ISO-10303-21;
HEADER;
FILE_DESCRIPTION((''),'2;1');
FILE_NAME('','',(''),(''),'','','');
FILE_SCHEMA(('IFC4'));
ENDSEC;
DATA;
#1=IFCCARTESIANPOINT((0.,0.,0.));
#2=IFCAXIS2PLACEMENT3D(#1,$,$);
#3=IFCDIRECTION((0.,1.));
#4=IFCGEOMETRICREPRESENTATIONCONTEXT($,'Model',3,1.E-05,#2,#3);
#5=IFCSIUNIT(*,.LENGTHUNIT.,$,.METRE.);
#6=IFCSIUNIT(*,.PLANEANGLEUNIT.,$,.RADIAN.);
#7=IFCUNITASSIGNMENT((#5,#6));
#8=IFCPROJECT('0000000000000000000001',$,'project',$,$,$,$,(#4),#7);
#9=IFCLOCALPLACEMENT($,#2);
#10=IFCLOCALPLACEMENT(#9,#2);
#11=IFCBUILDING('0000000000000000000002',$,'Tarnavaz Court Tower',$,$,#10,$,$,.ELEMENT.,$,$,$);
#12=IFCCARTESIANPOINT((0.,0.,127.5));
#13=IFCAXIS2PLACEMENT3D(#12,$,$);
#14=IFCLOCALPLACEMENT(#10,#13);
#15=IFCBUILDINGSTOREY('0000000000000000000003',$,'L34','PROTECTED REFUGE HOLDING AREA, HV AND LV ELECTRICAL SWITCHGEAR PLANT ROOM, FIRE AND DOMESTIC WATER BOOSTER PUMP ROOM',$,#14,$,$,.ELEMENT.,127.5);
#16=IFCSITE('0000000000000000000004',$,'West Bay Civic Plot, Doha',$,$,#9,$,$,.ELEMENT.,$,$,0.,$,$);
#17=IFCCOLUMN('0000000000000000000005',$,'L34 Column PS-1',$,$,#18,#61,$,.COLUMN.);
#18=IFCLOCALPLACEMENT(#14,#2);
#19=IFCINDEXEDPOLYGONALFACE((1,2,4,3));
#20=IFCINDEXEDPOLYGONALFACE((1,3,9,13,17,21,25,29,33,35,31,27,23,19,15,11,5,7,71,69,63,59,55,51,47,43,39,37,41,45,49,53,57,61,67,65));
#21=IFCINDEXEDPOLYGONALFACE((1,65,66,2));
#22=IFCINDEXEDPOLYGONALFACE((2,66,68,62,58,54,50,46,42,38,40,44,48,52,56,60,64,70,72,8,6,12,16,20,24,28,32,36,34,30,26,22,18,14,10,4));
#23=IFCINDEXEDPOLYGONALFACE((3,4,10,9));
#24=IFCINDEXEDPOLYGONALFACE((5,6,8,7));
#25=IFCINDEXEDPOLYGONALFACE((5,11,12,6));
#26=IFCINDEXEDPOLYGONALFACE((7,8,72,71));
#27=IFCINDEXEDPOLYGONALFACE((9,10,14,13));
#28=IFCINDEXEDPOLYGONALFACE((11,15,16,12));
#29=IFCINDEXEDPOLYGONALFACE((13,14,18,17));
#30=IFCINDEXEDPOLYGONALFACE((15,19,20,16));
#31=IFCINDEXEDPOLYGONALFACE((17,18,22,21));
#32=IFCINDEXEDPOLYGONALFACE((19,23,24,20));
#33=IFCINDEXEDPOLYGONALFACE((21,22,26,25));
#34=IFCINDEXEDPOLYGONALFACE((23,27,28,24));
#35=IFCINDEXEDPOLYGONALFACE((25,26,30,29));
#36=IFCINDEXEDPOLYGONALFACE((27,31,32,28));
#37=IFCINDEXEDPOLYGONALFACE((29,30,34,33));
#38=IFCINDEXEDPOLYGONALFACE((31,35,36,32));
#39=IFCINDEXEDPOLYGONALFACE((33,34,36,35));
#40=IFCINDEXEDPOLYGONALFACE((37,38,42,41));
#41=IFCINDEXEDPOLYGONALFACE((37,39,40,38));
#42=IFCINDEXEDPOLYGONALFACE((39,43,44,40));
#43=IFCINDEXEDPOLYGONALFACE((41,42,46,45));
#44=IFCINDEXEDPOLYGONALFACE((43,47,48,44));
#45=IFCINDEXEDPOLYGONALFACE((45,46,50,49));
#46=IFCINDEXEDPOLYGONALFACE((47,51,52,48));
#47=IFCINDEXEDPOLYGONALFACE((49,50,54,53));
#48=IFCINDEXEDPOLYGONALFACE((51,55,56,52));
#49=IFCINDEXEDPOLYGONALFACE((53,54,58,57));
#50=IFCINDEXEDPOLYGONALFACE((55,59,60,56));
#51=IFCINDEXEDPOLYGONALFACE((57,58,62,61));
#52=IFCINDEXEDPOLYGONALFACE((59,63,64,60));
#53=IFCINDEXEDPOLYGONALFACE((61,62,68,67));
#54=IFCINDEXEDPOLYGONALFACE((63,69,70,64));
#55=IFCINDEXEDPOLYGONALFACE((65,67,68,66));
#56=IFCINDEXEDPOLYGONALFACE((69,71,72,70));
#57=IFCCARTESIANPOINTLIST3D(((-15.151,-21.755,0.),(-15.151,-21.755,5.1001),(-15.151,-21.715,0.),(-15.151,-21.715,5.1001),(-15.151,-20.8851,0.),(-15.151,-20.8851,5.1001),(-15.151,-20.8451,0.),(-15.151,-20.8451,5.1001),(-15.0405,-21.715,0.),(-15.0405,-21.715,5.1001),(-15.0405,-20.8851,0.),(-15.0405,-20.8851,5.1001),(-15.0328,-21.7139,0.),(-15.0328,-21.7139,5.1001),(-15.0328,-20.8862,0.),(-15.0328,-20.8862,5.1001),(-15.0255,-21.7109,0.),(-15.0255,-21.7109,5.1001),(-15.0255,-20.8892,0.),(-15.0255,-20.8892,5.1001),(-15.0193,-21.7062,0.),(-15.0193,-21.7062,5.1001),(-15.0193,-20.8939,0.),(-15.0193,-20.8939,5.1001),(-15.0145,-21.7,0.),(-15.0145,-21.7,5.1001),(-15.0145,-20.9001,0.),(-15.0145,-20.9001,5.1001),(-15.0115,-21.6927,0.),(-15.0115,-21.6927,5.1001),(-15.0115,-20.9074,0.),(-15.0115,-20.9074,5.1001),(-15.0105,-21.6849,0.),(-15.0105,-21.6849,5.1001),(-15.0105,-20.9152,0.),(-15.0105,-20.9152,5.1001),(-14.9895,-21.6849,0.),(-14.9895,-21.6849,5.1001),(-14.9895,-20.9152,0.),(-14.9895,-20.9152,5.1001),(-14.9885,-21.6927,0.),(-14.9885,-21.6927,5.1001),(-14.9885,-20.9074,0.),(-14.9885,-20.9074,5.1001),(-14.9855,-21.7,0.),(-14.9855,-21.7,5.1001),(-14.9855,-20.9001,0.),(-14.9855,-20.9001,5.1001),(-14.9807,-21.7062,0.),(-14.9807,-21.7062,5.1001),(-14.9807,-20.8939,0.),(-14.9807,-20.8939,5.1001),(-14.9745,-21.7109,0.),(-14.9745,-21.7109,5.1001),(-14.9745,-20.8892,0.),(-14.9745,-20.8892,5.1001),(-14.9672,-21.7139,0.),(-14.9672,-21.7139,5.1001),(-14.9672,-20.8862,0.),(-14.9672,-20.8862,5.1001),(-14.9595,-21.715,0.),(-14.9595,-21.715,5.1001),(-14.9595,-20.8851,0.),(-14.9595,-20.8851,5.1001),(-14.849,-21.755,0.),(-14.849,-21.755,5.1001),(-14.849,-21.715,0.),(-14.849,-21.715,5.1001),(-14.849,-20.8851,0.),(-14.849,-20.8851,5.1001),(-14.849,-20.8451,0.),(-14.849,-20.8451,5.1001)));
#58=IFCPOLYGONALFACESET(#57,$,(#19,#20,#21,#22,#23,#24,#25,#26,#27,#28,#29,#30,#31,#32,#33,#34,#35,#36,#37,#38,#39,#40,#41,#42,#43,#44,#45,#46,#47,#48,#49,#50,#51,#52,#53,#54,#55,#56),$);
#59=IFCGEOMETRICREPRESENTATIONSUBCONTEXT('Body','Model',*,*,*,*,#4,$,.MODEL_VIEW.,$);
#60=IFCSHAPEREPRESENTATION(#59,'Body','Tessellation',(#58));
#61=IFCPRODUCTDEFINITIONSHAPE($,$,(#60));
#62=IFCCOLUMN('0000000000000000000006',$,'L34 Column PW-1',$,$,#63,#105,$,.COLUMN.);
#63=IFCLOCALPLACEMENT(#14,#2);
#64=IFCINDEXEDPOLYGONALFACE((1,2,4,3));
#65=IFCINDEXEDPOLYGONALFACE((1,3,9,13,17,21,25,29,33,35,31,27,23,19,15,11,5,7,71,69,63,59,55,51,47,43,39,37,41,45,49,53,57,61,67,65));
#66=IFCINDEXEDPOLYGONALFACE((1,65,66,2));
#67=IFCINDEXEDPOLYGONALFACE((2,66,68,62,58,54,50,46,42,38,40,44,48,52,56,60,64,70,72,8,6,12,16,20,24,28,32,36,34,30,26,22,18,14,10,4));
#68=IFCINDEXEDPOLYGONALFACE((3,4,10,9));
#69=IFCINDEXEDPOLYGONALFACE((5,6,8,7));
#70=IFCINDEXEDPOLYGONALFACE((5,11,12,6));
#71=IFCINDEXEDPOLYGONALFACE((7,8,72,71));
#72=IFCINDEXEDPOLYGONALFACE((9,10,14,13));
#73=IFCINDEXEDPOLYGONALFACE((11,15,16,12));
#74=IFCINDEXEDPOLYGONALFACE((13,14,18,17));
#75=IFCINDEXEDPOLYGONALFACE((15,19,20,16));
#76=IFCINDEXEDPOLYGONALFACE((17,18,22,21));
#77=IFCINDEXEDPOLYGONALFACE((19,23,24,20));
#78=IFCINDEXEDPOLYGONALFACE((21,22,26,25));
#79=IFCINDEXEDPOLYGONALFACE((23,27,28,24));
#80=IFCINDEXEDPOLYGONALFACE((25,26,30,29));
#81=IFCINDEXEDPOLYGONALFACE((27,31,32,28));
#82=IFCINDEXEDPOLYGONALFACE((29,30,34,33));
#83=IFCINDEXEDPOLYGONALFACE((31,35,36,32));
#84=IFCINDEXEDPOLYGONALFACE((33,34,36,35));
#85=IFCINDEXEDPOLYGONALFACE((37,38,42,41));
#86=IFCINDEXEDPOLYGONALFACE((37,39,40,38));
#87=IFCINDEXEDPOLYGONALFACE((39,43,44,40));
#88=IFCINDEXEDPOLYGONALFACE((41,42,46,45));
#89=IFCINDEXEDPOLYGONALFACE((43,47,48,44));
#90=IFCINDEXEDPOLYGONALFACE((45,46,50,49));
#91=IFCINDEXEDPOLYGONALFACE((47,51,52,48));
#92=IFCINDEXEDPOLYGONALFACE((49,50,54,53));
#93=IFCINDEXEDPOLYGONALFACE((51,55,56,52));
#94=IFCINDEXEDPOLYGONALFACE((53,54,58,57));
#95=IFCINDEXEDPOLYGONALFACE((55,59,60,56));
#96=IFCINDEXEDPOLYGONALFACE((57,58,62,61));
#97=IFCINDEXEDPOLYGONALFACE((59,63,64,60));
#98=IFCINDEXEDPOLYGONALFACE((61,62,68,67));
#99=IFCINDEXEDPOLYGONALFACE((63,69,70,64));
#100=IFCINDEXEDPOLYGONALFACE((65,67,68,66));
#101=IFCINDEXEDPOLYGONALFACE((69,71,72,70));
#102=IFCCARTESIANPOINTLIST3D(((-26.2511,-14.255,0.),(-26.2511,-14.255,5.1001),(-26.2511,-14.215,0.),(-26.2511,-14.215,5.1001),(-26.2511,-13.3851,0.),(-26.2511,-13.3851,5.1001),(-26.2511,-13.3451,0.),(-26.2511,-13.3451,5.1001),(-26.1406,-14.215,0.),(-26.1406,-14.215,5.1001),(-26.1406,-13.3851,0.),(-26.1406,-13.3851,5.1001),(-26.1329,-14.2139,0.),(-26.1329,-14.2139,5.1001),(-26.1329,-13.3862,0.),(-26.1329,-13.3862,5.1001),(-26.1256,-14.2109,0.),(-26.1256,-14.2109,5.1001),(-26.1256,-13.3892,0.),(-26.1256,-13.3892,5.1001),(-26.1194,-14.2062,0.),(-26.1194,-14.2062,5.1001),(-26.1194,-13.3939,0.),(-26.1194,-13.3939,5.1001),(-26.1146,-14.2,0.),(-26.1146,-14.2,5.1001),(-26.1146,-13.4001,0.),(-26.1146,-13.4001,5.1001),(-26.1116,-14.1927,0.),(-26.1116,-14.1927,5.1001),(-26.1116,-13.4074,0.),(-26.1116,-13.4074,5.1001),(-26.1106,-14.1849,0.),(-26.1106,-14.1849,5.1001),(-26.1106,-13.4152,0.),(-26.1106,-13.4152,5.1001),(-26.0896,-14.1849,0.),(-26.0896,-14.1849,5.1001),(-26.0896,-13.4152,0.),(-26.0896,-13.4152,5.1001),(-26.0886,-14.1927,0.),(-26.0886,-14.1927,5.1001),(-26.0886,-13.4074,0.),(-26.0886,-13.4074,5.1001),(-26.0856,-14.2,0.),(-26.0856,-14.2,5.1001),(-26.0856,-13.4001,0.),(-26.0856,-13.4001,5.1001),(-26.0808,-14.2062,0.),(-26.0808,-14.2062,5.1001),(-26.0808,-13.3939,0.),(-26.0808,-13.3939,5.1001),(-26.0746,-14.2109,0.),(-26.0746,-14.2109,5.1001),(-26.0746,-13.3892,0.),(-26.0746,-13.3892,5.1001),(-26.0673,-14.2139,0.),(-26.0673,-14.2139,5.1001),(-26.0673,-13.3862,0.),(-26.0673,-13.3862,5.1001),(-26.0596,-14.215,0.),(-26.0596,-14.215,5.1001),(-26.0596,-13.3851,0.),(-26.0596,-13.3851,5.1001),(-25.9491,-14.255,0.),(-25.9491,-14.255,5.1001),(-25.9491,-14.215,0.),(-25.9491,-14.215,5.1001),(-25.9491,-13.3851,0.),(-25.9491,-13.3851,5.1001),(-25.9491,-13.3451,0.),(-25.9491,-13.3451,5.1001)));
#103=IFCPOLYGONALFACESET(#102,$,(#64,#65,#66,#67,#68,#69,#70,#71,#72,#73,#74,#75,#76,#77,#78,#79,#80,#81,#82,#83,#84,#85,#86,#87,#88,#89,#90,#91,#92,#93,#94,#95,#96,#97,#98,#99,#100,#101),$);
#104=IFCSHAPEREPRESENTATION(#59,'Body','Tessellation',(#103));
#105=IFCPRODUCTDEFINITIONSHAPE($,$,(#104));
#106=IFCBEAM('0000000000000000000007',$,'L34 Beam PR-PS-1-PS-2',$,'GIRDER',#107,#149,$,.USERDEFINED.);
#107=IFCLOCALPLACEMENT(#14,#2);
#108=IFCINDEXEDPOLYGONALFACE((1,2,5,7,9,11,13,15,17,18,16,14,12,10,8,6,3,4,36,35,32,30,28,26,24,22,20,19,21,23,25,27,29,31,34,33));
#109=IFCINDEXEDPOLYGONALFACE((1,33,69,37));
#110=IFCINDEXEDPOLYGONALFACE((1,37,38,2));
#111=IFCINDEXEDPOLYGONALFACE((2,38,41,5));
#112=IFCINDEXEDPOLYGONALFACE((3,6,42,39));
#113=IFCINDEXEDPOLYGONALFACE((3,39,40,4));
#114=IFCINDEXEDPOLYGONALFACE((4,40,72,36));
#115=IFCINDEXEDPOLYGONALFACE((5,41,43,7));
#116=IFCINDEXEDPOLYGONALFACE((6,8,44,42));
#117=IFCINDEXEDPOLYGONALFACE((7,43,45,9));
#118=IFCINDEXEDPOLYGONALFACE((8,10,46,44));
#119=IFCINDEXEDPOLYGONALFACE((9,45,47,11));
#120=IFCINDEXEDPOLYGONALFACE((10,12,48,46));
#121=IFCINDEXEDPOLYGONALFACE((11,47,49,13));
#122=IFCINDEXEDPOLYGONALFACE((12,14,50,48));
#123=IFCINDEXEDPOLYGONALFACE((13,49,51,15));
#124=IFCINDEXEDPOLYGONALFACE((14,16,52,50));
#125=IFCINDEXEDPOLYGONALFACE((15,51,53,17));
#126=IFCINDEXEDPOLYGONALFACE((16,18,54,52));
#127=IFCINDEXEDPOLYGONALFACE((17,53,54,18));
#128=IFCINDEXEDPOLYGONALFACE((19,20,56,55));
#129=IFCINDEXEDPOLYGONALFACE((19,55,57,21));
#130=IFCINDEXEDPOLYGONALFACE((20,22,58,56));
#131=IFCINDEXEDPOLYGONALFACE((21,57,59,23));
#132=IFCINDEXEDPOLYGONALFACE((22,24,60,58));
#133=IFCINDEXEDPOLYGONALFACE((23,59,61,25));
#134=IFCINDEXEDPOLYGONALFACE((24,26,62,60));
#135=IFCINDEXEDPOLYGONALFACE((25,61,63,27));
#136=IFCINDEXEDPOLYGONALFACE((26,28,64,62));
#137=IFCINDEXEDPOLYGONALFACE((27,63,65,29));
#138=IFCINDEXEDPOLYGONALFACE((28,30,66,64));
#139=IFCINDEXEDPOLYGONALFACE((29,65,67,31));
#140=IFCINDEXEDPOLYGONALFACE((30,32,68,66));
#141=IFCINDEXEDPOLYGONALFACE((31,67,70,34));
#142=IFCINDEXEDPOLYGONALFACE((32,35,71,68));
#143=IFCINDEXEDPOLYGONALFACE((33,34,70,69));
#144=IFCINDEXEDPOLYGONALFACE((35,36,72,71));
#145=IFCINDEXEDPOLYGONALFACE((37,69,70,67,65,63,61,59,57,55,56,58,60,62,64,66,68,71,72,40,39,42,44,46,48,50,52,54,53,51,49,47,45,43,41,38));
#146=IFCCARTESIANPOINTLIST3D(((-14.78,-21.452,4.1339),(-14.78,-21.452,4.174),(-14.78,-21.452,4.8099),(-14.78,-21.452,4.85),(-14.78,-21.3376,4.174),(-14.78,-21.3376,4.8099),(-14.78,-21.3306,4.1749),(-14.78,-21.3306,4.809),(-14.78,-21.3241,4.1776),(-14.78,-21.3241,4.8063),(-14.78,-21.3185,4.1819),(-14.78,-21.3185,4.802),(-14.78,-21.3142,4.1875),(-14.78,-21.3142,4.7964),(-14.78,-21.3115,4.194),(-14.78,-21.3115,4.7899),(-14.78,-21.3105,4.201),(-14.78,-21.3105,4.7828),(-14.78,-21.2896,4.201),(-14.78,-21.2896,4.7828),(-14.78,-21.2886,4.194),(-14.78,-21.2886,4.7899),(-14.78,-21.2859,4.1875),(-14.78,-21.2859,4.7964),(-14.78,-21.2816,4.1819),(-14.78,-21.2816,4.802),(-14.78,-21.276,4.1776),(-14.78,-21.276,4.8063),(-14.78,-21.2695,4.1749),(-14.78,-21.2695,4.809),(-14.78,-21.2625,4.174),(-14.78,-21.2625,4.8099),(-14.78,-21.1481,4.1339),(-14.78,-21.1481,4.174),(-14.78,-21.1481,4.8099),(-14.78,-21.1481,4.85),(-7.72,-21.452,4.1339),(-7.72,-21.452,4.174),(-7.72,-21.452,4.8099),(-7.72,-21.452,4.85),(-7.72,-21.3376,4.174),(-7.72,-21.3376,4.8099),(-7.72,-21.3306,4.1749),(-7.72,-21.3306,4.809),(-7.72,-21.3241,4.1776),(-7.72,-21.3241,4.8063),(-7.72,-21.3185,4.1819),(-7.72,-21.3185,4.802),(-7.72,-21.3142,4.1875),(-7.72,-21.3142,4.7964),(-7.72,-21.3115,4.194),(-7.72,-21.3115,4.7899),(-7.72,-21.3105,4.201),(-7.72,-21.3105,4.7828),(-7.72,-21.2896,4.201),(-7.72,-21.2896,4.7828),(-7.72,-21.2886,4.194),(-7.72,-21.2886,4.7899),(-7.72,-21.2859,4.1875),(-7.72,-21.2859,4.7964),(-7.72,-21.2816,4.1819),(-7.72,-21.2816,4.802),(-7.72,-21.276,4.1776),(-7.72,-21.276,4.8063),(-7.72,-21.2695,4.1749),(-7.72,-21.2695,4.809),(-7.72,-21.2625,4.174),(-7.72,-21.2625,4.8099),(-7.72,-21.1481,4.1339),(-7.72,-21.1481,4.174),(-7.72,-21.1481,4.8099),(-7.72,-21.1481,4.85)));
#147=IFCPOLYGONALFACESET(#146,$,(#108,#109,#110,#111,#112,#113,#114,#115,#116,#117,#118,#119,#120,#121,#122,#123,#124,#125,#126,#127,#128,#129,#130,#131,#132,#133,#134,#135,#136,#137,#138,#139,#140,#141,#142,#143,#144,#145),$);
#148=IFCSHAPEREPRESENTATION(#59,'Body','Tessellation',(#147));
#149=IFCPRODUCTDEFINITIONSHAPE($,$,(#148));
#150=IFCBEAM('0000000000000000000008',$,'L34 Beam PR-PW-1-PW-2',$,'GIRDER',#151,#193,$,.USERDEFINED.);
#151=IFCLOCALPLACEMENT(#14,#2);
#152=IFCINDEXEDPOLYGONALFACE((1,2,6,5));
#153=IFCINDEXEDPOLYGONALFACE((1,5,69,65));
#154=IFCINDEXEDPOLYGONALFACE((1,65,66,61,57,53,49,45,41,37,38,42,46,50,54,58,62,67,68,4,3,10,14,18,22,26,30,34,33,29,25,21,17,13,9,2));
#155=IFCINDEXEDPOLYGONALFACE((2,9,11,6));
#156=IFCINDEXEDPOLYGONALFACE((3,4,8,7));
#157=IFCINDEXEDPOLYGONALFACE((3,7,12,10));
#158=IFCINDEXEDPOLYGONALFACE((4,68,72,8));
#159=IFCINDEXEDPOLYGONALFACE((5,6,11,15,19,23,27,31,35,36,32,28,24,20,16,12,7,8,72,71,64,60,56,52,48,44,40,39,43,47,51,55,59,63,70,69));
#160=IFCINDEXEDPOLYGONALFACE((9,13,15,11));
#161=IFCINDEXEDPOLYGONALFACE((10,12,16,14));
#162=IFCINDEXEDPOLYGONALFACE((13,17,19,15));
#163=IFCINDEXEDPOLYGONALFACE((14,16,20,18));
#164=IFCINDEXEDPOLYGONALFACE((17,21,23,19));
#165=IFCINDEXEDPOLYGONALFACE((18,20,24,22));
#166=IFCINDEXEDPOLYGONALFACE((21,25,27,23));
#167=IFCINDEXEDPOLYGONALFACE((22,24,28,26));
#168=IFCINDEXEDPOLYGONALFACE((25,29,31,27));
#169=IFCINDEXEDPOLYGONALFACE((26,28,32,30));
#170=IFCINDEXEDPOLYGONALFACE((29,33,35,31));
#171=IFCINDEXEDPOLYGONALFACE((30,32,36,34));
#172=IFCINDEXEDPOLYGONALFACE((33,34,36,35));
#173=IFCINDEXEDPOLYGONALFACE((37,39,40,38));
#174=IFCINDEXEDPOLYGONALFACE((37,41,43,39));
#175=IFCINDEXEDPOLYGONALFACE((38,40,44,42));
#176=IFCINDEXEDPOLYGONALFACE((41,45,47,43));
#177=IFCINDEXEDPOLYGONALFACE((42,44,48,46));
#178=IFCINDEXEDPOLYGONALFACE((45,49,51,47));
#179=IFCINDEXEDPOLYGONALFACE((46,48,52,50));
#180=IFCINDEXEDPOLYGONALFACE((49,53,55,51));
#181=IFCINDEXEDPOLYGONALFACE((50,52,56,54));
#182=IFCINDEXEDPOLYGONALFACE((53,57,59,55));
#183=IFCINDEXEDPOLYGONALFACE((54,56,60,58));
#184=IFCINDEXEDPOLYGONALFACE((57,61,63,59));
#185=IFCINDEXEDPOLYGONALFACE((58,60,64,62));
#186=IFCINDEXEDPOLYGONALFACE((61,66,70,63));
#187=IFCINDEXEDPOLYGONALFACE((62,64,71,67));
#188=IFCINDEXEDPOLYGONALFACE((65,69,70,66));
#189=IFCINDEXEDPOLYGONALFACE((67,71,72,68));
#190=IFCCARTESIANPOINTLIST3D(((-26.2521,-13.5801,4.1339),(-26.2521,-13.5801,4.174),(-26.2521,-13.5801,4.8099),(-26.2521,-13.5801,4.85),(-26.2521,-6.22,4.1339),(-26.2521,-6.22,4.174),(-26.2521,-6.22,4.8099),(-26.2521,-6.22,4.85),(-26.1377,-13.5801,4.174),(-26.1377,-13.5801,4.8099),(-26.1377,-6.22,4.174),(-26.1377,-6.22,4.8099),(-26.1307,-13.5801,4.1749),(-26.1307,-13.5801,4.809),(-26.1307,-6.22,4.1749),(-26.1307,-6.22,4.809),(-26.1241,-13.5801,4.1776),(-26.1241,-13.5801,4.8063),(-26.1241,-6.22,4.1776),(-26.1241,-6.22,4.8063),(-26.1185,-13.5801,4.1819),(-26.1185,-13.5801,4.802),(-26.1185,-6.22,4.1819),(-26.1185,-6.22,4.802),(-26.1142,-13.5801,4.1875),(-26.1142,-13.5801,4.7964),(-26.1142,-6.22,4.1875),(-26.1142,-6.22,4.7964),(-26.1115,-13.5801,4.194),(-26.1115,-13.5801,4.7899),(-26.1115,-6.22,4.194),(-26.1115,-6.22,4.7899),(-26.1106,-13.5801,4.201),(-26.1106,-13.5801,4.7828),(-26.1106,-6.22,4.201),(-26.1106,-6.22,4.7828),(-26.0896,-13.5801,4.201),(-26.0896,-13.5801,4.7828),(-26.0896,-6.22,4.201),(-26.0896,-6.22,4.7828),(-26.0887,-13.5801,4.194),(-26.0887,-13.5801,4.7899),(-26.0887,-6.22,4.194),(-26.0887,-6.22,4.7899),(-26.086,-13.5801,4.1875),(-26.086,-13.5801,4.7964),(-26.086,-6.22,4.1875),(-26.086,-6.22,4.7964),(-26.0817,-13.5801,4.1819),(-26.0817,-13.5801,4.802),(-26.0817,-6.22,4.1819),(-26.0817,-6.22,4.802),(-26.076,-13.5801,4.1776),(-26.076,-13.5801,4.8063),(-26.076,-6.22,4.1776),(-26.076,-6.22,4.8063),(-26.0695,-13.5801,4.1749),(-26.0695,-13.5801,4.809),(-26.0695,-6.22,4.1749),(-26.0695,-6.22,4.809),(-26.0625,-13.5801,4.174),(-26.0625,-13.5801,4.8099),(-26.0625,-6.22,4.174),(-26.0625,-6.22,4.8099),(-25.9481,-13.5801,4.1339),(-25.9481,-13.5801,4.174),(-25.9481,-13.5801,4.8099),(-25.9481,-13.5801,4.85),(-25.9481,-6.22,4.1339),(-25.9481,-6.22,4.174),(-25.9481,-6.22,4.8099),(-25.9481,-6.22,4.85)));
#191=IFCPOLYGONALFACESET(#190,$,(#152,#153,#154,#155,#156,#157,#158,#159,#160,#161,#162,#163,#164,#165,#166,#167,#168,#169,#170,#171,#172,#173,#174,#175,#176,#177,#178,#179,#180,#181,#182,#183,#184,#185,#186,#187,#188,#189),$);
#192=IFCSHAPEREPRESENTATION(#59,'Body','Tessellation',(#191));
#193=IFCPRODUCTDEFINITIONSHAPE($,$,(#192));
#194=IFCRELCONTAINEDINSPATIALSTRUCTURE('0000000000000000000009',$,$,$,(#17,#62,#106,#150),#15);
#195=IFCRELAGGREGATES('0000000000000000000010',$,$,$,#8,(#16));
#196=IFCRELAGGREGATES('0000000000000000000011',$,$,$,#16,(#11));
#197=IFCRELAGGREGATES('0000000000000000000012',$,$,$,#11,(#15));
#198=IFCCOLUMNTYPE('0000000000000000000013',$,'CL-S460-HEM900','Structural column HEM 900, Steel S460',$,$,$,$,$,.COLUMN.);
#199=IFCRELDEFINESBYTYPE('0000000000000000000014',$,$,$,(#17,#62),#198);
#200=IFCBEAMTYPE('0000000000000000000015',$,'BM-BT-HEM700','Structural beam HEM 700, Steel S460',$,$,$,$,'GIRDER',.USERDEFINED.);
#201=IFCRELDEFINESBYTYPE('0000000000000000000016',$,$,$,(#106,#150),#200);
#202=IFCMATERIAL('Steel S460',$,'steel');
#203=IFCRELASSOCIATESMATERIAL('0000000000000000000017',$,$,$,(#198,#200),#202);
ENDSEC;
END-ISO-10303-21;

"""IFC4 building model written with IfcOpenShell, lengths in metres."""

from ifc_helpers import new_model, si_unit, direction, frame, origin, origin_2d, place, context, subcontext, project, spatial, i_section, extrude, material, material_profile, profile_set, type_object, element, save


model = new_model("IFC4")

# Units and contexts
model_context = context("Model", 3, precision=1e-05, world=origin(), true_north=direction((0.0, 1.0)))
body_context = subcontext(model_context, "Body", "Model", "MODEL_VIEW")
ifc_project = project(units=[si_unit("LENGTHUNIT", "METRE"), si_unit("PLANEANGLEUNIT", "RADIAN")], contexts=[model_context])

# Site, building, storey
site_placement = place(None, origin())
site = spatial("IfcSite", under=ifc_project, at=site_placement, Name="West Bay Civic Plot, Doha", CompositionType="ELEMENT", RefElevation=0.0)
building_placement = place(site_placement, origin())
building = spatial("IfcBuilding", under=site, at=building_placement, Name="Tarnavaz Court Tower", CompositionType="ELEMENT")
storey_placement = place(building_placement, frame((0.0, 0.0, 127.5)))
storey = spatial("IfcBuildingStorey", under=building, at=storey_placement, Name="L34", Description="PROTECTED REFUGE HOLDING AREA, HV AND LV ELECTRICAL SWITCHGEAR PLANT ROOM, FIRE AND DOMESTIC WATER BOOSTER PUMP ROOM", CompositionType="ELEMENT", Elevation=127.5)

# Columns
ifc_material_1 = material(Name="Steel S460", Category="steel")
ifc_material_profile_1 = material_profile(ifc_material_1, i_section(OverallWidth=0.302, OverallDepth=0.9099, WebThickness=0.021, FlangeThickness=0.04, FilletRadius=0.03, at=origin_2d()), Name="HEM 900")
ifc_profile_set_1 = profile_set([ifc_material_profile_1], Name="Steel S460")
column_type = type_object("IfcColumnType", Name="CL-S460-HEM900", Description="Structural column HEM 900, Steel S460", PredefinedType="COLUMN", material=ifc_profile_set_1)
for number, where, z_axis, x_axis, name in (
    (1, (-15.0, -21.3, 0.0), (0.0, 0.0, 1.0), (1.0, 0.0, 0.0), "L34 Column PS-1"),
    (2, (-26.1001, -13.8, 0.0), (0.0, 0.0, 1.0), (1.0, 0.0, 0.0), "L34 Column PW-1"),
):
    element("IfcColumn", number, at=place(storey_placement, frame(where, z_axis=z_axis, x_axis=x_axis)), inside=storey, type_object=column_type, Name=name, PredefinedType="COLUMN", context=body_context, shape_type="SweptSolid", body=[
        extrude(i_section(OverallWidth=0.302, OverallDepth=0.9099, WebThickness=0.021, FlangeThickness=0.04, FilletRadius=0.03, at=origin_2d()), origin(), (0.0, 0.0, 1.0), 5.1001),
    ])

# Beams
ifc_material_profile_2 = material_profile(ifc_material_1, i_section(OverallWidth=0.304, OverallDepth=0.7161, WebThickness=0.021, FlangeThickness=0.04, FilletRadius=0.0271, at=origin_2d()), Name="HEM 700")
ifc_profile_set_2 = profile_set([ifc_material_profile_2], Name="Steel S460")
beam_type_1 = type_object("IfcBeamType", Name="BM-BT-HEM700", Description="Structural beam HEM 700, Steel S460", ElementType="GIRDER", PredefinedType="USERDEFINED", material=ifc_profile_set_2)
beam_1_placement = place(storey_placement, frame((-14.78, -21.3, 4.4919), z_axis=(1.0, 0.0, 0.0), x_axis=(0.0, 1.0, 0.0)))
element("IfcBeam", 3, at=beam_1_placement, inside=storey, type_object=beam_type_1, Name="L34 Beam PR-PS-1-PS-2", ObjectType="GIRDER", PredefinedType="USERDEFINED", context=body_context, shape_type="SweptSolid", body=[
    extrude(i_section(OverallWidth=0.304, OverallDepth=0.7161, WebThickness=0.021, FlangeThickness=0.04, FilletRadius=0.0271, at=origin_2d()), origin(), (0.0, 0.0, 1.0), 7.0601),
])
beam_2_placement = place(storey_placement, frame((-26.1001, -13.5801, 4.4919), z_axis=(0.0, 1.0, 0.0), x_axis=(-1.0, 0.0, 0.0)))
element("IfcBeam", 4, at=beam_2_placement, inside=storey, type_object=beam_type_1, Name="L34 Beam PR-PW-1-PW-2", ObjectType="GIRDER", PredefinedType="USERDEFINED", context=body_context, shape_type="SweptSolid", body=[
    extrude(i_section(OverallWidth=0.304, OverallDepth=0.7161, WebThickness=0.021, FlangeThickness=0.04, FilletRadius=0.0271, at=origin_2d()), origin(), (0.0, 0.0, 1.0), 7.3601),
])

save(model, "model.ifc")
